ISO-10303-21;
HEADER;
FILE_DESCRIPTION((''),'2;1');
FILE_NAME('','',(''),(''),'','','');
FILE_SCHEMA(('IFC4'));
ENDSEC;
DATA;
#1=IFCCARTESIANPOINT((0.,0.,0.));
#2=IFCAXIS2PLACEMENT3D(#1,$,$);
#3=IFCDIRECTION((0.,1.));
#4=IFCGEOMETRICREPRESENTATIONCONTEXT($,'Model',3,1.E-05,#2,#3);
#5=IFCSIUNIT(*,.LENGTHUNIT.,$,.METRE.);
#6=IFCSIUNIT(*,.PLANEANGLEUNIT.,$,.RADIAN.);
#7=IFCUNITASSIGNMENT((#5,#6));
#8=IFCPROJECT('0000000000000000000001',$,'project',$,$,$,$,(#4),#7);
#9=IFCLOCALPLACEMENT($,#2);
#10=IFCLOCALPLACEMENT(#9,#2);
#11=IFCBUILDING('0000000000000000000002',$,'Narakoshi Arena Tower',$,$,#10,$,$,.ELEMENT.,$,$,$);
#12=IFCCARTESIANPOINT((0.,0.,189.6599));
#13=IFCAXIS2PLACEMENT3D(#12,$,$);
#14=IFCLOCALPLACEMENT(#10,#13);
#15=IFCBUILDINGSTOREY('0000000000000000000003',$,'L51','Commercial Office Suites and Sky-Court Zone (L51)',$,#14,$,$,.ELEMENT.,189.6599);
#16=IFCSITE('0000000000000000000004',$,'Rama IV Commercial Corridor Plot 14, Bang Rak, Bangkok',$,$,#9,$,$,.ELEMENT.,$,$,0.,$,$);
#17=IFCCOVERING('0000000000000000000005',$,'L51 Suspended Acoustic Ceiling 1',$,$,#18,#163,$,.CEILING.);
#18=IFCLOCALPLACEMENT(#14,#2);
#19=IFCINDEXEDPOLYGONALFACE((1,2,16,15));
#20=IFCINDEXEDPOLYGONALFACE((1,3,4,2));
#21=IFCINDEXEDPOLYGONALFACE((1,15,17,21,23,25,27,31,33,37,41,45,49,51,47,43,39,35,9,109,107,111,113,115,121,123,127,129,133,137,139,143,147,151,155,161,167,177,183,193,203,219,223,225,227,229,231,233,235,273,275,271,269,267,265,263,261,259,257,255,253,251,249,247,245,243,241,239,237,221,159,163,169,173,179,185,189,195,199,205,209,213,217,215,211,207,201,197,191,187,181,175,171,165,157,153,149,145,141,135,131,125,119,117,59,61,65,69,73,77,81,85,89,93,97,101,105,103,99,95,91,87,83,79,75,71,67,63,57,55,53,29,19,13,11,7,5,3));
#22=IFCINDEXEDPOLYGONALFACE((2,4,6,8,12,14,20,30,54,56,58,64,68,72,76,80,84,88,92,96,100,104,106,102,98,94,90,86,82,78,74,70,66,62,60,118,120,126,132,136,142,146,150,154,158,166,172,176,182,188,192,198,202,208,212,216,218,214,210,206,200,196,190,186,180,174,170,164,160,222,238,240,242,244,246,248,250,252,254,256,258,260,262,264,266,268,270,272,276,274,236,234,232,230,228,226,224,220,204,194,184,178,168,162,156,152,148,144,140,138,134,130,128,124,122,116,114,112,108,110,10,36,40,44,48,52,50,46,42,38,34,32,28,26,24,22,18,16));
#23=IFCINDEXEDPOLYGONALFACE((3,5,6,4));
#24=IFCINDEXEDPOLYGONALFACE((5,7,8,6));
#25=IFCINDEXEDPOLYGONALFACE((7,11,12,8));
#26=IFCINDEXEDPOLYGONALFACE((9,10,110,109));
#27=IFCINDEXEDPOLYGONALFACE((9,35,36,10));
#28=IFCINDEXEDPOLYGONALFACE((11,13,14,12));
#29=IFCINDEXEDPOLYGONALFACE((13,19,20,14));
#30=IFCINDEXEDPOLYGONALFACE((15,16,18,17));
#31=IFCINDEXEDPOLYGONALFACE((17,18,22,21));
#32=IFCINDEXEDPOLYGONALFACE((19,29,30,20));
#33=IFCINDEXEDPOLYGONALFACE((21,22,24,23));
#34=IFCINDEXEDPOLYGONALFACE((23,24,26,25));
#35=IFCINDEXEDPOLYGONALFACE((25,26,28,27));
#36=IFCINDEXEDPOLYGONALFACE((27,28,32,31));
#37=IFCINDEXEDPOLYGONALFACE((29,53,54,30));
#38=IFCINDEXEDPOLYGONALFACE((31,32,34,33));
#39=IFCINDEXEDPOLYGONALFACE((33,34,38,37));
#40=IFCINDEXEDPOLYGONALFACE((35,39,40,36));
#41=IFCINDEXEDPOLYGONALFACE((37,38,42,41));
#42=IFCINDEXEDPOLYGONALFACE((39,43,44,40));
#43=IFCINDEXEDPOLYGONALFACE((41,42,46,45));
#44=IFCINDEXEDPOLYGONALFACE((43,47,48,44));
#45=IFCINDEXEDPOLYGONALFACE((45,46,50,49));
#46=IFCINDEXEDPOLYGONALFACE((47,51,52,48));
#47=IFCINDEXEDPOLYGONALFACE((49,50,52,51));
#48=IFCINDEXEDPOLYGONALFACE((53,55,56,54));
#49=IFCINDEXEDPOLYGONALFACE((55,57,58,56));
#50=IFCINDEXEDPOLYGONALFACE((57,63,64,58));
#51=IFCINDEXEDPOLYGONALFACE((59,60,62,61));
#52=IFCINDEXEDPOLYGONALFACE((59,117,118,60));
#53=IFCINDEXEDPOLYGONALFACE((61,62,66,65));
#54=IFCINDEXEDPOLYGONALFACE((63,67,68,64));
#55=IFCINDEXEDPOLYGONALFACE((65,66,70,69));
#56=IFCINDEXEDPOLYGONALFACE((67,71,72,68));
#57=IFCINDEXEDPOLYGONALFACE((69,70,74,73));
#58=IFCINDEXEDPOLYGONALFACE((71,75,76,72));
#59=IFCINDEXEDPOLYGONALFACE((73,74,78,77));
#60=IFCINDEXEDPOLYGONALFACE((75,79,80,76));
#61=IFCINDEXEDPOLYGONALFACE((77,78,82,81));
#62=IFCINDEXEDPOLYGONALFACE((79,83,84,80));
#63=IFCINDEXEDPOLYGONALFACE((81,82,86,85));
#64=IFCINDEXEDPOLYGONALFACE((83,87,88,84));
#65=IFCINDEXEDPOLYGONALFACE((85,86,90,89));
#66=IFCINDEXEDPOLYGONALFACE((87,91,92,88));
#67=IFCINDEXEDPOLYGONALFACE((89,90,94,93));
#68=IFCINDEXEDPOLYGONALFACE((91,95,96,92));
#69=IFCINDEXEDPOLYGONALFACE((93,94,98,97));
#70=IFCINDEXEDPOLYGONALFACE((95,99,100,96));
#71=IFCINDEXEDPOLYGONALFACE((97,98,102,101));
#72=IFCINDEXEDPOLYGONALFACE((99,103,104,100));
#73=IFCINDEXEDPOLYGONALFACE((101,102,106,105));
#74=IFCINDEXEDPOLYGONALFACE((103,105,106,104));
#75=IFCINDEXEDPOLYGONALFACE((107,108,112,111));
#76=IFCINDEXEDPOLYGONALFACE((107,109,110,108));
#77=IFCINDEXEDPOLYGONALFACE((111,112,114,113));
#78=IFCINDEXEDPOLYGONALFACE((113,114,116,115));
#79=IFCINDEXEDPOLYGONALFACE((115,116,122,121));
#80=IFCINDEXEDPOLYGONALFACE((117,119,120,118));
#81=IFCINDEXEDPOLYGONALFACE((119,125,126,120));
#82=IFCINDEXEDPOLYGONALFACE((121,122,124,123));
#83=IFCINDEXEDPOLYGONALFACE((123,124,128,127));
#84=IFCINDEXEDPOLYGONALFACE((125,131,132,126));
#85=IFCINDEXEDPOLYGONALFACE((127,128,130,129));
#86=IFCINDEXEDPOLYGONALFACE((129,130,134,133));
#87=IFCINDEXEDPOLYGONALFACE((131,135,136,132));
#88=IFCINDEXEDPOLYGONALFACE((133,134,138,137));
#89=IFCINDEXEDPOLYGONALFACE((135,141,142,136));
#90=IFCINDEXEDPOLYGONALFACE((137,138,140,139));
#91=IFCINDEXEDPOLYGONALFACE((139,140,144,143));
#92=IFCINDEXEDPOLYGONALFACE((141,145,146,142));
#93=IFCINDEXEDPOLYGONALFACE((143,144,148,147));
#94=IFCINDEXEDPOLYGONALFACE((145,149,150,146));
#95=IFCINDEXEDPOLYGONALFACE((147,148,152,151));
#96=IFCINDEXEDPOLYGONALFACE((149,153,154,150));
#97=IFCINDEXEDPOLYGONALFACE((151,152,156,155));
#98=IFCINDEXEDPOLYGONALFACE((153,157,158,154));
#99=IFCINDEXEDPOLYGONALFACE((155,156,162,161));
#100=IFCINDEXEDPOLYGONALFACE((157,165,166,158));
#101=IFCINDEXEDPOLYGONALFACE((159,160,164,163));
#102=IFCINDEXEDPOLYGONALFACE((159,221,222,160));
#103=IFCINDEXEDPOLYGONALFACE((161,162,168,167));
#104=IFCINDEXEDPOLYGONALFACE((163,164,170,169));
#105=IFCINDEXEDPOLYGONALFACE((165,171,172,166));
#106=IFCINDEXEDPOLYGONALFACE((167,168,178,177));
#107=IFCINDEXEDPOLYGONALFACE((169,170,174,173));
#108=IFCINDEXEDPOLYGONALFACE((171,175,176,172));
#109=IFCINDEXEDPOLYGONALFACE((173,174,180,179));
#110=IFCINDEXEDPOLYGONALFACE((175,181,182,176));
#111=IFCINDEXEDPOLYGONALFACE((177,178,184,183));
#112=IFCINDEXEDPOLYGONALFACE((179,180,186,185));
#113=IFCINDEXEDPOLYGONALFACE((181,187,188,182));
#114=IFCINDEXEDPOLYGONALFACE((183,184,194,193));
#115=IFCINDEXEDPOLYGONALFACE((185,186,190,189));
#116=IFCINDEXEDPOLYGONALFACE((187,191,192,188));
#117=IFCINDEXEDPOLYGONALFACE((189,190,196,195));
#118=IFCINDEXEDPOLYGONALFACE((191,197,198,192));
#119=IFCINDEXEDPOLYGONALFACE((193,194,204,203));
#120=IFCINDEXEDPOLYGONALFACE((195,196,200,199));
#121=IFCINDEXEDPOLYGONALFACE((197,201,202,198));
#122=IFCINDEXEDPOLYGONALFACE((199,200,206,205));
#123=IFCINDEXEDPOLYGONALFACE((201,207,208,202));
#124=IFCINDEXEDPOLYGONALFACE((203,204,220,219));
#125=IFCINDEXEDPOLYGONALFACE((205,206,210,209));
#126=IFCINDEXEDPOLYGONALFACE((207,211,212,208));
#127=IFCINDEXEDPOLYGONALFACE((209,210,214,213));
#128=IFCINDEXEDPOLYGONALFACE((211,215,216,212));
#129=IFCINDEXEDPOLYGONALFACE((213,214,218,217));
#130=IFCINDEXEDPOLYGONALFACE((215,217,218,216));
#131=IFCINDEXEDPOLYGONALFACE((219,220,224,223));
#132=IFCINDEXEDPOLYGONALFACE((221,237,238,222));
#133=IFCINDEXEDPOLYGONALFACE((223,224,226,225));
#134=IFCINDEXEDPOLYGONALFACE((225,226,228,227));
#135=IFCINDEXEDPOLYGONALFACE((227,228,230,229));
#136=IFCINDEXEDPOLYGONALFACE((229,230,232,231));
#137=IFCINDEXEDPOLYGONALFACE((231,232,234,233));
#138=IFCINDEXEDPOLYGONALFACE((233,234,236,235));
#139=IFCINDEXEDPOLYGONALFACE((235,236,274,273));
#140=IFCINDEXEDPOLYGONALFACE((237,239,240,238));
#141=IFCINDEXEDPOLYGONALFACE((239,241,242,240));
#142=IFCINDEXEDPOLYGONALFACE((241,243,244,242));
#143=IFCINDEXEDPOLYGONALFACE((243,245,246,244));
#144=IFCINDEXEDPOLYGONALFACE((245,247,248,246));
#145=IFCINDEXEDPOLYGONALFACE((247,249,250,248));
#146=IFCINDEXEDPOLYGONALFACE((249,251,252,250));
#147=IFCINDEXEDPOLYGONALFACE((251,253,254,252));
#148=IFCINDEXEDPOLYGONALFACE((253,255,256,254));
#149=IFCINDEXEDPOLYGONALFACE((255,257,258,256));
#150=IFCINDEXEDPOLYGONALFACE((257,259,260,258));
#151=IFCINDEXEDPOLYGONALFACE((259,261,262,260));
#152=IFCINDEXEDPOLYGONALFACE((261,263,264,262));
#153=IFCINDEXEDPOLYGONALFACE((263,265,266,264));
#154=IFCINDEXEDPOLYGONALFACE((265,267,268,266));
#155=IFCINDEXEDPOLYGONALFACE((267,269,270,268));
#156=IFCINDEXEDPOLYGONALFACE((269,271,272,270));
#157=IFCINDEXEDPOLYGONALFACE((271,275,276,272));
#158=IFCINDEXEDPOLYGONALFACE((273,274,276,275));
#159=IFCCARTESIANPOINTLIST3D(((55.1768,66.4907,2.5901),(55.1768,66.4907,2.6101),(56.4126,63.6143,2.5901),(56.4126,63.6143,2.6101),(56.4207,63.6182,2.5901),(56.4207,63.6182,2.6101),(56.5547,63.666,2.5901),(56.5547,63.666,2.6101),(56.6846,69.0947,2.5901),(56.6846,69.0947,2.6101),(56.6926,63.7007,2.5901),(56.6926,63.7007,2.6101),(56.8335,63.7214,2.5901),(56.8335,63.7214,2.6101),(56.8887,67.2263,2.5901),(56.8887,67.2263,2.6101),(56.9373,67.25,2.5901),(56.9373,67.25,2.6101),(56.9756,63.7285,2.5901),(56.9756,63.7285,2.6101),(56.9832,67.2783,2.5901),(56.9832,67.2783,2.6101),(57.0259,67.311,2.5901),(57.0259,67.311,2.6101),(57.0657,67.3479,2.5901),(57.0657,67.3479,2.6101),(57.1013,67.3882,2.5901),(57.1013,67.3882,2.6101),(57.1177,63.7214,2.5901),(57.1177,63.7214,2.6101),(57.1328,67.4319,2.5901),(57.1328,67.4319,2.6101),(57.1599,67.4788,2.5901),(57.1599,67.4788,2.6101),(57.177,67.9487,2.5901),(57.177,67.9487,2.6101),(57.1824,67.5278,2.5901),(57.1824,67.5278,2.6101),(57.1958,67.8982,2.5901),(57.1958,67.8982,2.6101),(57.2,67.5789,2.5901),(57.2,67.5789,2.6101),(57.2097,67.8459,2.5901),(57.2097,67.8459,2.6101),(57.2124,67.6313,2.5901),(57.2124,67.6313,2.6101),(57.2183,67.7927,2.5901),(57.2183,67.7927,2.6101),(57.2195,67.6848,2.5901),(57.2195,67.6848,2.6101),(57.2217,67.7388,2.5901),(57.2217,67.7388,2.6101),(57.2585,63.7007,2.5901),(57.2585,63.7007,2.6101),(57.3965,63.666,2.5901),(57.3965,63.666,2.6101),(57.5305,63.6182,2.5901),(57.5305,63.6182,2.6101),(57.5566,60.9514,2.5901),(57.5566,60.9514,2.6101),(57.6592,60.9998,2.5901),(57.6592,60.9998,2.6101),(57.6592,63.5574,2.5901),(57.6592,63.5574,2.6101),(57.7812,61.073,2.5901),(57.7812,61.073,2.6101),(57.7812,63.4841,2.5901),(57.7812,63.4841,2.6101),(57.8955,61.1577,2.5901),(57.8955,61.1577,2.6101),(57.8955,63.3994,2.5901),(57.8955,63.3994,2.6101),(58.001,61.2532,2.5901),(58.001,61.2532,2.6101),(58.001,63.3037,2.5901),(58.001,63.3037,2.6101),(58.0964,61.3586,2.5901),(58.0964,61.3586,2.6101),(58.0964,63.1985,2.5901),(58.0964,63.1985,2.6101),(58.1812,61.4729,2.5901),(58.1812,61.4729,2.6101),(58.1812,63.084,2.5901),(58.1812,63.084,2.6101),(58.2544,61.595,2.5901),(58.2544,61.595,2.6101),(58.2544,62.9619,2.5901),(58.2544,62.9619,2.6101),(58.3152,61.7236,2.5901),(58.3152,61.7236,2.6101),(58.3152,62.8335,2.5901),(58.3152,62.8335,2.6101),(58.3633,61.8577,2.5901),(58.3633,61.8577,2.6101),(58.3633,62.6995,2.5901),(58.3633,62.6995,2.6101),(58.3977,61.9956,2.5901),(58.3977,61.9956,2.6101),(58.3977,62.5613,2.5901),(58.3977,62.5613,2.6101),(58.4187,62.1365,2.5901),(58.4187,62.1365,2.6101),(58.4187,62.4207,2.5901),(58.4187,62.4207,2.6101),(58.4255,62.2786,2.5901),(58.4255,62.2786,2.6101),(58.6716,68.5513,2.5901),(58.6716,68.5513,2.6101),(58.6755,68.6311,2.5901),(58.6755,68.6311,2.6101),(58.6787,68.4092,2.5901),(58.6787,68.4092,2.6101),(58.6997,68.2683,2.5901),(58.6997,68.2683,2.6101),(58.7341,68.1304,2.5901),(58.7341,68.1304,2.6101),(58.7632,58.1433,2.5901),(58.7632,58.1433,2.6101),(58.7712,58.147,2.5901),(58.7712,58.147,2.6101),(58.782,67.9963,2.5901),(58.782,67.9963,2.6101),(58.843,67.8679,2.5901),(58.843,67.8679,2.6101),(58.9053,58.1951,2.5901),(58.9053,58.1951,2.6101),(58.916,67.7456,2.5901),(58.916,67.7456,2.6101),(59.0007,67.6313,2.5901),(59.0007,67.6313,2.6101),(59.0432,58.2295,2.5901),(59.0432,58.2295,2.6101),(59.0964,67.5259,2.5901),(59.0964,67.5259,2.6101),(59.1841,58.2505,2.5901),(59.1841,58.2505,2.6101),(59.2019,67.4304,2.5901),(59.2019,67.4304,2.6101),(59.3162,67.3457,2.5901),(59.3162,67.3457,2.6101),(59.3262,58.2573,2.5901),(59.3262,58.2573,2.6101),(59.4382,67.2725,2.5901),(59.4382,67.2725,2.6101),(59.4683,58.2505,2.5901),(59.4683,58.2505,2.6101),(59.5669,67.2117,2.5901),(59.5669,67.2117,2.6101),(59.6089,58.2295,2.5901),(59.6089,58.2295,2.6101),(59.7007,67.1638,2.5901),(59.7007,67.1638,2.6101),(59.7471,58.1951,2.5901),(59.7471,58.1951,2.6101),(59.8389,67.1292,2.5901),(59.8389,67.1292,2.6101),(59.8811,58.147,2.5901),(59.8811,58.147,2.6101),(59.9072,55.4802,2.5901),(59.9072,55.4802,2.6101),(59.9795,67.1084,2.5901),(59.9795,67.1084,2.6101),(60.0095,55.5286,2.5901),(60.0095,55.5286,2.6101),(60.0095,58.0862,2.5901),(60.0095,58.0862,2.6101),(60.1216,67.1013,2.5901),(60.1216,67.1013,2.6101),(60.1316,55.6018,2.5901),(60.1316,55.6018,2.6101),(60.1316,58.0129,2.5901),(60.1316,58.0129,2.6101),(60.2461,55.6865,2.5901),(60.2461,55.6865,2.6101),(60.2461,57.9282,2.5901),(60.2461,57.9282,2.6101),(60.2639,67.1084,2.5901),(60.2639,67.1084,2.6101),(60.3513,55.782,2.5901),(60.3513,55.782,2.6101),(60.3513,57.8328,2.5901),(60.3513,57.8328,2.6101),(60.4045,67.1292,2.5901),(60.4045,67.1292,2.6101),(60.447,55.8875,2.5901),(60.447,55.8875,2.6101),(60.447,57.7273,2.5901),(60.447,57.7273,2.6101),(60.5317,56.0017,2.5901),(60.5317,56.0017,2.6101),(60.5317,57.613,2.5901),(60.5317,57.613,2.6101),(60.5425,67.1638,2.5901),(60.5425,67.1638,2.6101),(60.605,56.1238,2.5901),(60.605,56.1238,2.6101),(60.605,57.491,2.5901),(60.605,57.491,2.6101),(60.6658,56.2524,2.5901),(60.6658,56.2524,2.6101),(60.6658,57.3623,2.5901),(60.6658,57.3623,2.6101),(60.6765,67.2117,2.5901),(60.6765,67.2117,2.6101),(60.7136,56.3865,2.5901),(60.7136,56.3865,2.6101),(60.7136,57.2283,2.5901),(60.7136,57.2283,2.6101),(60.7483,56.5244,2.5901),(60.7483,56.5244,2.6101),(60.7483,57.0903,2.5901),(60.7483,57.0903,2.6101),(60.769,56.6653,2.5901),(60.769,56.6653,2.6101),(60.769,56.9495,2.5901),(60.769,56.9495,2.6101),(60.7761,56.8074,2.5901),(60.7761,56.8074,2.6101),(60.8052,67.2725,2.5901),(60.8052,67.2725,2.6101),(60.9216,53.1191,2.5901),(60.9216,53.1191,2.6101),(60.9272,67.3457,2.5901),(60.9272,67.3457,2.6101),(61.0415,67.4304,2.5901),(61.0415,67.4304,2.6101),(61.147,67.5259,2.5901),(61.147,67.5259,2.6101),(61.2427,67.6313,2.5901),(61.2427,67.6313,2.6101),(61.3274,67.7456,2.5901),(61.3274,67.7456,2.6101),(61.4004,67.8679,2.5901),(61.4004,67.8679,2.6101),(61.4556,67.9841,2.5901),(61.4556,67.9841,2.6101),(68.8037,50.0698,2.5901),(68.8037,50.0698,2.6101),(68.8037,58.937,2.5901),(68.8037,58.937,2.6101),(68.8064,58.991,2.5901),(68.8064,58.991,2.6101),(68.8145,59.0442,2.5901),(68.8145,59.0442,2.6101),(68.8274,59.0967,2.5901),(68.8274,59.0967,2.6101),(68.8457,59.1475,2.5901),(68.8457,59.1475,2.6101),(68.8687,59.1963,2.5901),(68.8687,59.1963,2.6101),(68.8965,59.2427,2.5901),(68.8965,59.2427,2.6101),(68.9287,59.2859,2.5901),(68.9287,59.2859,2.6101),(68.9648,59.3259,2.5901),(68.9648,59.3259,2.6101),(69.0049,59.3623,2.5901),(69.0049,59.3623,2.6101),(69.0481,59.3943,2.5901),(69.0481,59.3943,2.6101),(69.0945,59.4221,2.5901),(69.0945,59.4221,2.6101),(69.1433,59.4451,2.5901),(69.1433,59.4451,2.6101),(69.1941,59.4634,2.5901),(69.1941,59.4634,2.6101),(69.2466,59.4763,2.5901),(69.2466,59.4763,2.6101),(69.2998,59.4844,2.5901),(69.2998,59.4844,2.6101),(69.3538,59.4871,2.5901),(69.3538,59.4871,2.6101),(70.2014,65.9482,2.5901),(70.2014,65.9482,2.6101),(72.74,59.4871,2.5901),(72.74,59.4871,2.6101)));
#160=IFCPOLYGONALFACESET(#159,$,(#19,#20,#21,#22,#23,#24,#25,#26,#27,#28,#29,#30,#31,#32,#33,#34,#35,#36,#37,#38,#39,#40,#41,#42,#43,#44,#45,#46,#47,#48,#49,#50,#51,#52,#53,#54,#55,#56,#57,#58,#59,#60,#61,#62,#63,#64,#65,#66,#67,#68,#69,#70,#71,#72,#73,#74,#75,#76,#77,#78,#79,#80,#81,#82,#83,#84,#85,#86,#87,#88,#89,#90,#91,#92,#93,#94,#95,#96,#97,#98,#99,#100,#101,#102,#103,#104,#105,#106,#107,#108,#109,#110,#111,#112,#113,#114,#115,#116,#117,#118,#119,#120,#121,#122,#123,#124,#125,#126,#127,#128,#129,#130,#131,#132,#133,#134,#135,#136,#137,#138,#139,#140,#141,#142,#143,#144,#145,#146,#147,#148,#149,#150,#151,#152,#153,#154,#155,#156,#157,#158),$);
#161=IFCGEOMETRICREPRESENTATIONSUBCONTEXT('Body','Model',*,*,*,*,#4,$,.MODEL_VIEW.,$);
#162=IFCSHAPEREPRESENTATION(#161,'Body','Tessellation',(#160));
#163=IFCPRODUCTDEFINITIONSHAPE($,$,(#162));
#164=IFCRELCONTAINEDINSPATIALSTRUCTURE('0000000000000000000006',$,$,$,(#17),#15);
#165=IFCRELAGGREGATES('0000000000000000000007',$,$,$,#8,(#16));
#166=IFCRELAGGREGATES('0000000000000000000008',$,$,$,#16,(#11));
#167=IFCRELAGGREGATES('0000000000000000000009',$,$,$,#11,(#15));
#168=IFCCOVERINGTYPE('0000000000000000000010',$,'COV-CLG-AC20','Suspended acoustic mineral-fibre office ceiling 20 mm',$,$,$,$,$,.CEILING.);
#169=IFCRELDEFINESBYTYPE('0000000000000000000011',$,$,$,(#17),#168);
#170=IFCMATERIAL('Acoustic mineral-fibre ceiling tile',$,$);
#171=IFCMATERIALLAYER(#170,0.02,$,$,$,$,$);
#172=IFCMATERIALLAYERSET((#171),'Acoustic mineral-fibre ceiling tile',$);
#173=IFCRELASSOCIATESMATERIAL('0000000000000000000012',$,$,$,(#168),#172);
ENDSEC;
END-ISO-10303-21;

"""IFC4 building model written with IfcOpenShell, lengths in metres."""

from ifc_helpers import new_model, si_unit, direction, frame, origin, place, context, subcontext, project, spatial, polyline, outline, extrude, material, layer, layer_set, type_object, element, save


model = new_model("IFC4")

# Units and contexts
model_context = context("Model", 3, precision=1e-05, world=origin(), true_north=direction((0.0, 1.0)))
body_context = subcontext(model_context, "Body", "Model", "MODEL_VIEW")
ifc_project = project(units=[si_unit("LENGTHUNIT", "METRE"), si_unit("PLANEANGLEUNIT", "RADIAN")], contexts=[model_context])

# Site, building, storey
site_placement = place(None, origin())
site = spatial("IfcSite", under=ifc_project, at=site_placement, Name="Rama IV Commercial Corridor Plot 14, Bang Rak, Bangkok", CompositionType="ELEMENT", RefElevation=0.0)
building_placement = place(site_placement, origin())
building = spatial("IfcBuilding", under=site, at=building_placement, Name="Narakoshi Arena Tower", CompositionType="ELEMENT")
storey_placement = place(building_placement, frame((0.0, 0.0, 189.6599)))
storey = spatial("IfcBuildingStorey", under=building, at=storey_placement, Name="L51", Description="Commercial Office Suites and Sky-Court Zone (L51)", CompositionType="ELEMENT", Elevation=189.6599)

# Covering
ifc_material_1 = material(Name="Acoustic mineral-fibre ceiling tile")
ifc_layer_1 = layer(ifc_material_1, 0.02)
ifc_layer_set_1 = layer_set([ifc_layer_1], Name="Acoustic mineral-fibre ceiling tile")
covering_type_1 = type_object("IfcCoveringType", Name="COV-CLG-AC20", Description="Suspended acoustic mineral-fibre office ceiling 20 mm", PredefinedType="CEILING", material=ifc_layer_set_1)
covering_1_placement = place(storey_placement, frame((0.0, 0.0, 2.5901)))
element("IfcCovering", 1, at=covering_1_placement, inside=storey, type_object=covering_type_1, Name="L51 Suspended Acoustic Ceiling 1", PredefinedType="CEILING", context=body_context, shape_type="SweptSolid", body=[
    extrude(outline(polyline([(56.9373, 67.25), (56.9832, 67.2783), (57.0259, 67.311), (57.0657, 67.3479), (57.1013, 67.3882), (57.1328, 67.4319), (57.1599, 67.4788), (57.1824, 67.5278), (57.2, 67.5789), (57.2124, 67.6313), (57.2195, 67.6848), (57.2217, 67.7388), (57.2183, 67.7927), (57.2097, 67.8459), (57.1958, 67.8982), (57.177, 67.9487), (56.6846, 69.0947), (58.6755, 68.6311), (58.6716, 68.5513), (58.6787, 68.4092), (58.6997, 68.2683), (58.7341, 68.1304), (58.782, 67.9963), (58.843, 67.8679), (58.916, 67.7456), (59.0007, 67.6313), (59.0964, 67.5259), (59.2019, 67.4304), (59.3162, 67.3457), (59.4382, 67.2725), (59.5669, 67.2117), (59.7007, 67.1638), (59.8389, 67.1292), (59.9795, 67.1084), (60.1216, 67.1013), (60.2639, 67.1084), (60.4045, 67.1292), (60.5425, 67.1638), (60.6765, 67.2117), (60.8052, 67.2725), (60.9272, 67.3457), (61.0415, 67.4304), (61.147, 67.5259), (61.2427, 67.6313), (61.3274, 67.7456), (61.4004, 67.8679), (61.4556, 67.9841), (70.2014, 65.9482), (72.74, 59.4871), (69.3538, 59.4871), (69.2998, 59.4844), (69.2466, 59.4763), (69.1941, 59.4634), (69.1433, 59.4451), (69.0945, 59.4221), (69.0481, 59.3943), (69.0049, 59.3623), (68.9648, 59.3259), (68.9287, 59.2859), (68.8965, 59.2427), (68.8687, 59.1963), (68.8457, 59.1475), (68.8274, 59.0967), (68.8145, 59.0442), (68.8064, 58.991), (68.8037, 58.937), (68.8037, 50.0698), (60.9216, 53.1191), (59.9072, 55.4802), (60.0095, 55.5286), (60.1316, 55.6018), (60.2461, 55.6865), (60.3513, 55.782), (60.447, 55.8875), (60.5317, 56.0017), (60.605, 56.1238), (60.6658, 56.2524), (60.7136, 56.3865), (60.7483, 56.5244), (60.769, 56.6653), (60.7761, 56.8074), (60.769, 56.9495), (60.7483, 57.0903), (60.7136, 57.2283), (60.6658, 57.3623), (60.605, 57.491), (60.5317, 57.613), (60.447, 57.7273), (60.3513, 57.8328), (60.2461, 57.9282), (60.1316, 58.0129), (60.0095, 58.0862), (59.8811, 58.147), (59.7471, 58.1951), (59.6089, 58.2295), (59.4683, 58.2505), (59.3262, 58.2573), (59.1841, 58.2505), (59.0432, 58.2295), (58.9053, 58.1951), (58.7712, 58.147), (58.7632, 58.1433), (57.5566, 60.9514), (57.6592, 60.9998), (57.7812, 61.073), (57.8955, 61.1577), (58.001, 61.2532), (58.0964, 61.3586), (58.1812, 61.4729), (58.2544, 61.595), (58.3152, 61.7236), (58.3633, 61.8577), (58.3977, 61.9956), (58.4187, 62.1365), (58.4255, 62.2786), (58.4187, 62.4207), (58.3977, 62.5613), (58.3633, 62.6995), (58.3152, 62.8335), (58.2544, 62.9619), (58.1812, 63.084), (58.0964, 63.1985), (58.001, 63.3037), (57.8955, 63.3994), (57.7812, 63.4841), (57.6592, 63.5574), (57.5305, 63.6182), (57.3965, 63.666), (57.2585, 63.7007), (57.1177, 63.7214), (56.9756, 63.7285), (56.8335, 63.7214), (56.6926, 63.7007), (56.5547, 63.666), (56.4207, 63.6182), (56.4126, 63.6143), (55.1768, 66.4907), (56.8887, 67.2263), (56.9373, 67.25)])), origin(), (0.0, 0.0, 1.0), 0.02),
])

save(model, "model.ifc")
